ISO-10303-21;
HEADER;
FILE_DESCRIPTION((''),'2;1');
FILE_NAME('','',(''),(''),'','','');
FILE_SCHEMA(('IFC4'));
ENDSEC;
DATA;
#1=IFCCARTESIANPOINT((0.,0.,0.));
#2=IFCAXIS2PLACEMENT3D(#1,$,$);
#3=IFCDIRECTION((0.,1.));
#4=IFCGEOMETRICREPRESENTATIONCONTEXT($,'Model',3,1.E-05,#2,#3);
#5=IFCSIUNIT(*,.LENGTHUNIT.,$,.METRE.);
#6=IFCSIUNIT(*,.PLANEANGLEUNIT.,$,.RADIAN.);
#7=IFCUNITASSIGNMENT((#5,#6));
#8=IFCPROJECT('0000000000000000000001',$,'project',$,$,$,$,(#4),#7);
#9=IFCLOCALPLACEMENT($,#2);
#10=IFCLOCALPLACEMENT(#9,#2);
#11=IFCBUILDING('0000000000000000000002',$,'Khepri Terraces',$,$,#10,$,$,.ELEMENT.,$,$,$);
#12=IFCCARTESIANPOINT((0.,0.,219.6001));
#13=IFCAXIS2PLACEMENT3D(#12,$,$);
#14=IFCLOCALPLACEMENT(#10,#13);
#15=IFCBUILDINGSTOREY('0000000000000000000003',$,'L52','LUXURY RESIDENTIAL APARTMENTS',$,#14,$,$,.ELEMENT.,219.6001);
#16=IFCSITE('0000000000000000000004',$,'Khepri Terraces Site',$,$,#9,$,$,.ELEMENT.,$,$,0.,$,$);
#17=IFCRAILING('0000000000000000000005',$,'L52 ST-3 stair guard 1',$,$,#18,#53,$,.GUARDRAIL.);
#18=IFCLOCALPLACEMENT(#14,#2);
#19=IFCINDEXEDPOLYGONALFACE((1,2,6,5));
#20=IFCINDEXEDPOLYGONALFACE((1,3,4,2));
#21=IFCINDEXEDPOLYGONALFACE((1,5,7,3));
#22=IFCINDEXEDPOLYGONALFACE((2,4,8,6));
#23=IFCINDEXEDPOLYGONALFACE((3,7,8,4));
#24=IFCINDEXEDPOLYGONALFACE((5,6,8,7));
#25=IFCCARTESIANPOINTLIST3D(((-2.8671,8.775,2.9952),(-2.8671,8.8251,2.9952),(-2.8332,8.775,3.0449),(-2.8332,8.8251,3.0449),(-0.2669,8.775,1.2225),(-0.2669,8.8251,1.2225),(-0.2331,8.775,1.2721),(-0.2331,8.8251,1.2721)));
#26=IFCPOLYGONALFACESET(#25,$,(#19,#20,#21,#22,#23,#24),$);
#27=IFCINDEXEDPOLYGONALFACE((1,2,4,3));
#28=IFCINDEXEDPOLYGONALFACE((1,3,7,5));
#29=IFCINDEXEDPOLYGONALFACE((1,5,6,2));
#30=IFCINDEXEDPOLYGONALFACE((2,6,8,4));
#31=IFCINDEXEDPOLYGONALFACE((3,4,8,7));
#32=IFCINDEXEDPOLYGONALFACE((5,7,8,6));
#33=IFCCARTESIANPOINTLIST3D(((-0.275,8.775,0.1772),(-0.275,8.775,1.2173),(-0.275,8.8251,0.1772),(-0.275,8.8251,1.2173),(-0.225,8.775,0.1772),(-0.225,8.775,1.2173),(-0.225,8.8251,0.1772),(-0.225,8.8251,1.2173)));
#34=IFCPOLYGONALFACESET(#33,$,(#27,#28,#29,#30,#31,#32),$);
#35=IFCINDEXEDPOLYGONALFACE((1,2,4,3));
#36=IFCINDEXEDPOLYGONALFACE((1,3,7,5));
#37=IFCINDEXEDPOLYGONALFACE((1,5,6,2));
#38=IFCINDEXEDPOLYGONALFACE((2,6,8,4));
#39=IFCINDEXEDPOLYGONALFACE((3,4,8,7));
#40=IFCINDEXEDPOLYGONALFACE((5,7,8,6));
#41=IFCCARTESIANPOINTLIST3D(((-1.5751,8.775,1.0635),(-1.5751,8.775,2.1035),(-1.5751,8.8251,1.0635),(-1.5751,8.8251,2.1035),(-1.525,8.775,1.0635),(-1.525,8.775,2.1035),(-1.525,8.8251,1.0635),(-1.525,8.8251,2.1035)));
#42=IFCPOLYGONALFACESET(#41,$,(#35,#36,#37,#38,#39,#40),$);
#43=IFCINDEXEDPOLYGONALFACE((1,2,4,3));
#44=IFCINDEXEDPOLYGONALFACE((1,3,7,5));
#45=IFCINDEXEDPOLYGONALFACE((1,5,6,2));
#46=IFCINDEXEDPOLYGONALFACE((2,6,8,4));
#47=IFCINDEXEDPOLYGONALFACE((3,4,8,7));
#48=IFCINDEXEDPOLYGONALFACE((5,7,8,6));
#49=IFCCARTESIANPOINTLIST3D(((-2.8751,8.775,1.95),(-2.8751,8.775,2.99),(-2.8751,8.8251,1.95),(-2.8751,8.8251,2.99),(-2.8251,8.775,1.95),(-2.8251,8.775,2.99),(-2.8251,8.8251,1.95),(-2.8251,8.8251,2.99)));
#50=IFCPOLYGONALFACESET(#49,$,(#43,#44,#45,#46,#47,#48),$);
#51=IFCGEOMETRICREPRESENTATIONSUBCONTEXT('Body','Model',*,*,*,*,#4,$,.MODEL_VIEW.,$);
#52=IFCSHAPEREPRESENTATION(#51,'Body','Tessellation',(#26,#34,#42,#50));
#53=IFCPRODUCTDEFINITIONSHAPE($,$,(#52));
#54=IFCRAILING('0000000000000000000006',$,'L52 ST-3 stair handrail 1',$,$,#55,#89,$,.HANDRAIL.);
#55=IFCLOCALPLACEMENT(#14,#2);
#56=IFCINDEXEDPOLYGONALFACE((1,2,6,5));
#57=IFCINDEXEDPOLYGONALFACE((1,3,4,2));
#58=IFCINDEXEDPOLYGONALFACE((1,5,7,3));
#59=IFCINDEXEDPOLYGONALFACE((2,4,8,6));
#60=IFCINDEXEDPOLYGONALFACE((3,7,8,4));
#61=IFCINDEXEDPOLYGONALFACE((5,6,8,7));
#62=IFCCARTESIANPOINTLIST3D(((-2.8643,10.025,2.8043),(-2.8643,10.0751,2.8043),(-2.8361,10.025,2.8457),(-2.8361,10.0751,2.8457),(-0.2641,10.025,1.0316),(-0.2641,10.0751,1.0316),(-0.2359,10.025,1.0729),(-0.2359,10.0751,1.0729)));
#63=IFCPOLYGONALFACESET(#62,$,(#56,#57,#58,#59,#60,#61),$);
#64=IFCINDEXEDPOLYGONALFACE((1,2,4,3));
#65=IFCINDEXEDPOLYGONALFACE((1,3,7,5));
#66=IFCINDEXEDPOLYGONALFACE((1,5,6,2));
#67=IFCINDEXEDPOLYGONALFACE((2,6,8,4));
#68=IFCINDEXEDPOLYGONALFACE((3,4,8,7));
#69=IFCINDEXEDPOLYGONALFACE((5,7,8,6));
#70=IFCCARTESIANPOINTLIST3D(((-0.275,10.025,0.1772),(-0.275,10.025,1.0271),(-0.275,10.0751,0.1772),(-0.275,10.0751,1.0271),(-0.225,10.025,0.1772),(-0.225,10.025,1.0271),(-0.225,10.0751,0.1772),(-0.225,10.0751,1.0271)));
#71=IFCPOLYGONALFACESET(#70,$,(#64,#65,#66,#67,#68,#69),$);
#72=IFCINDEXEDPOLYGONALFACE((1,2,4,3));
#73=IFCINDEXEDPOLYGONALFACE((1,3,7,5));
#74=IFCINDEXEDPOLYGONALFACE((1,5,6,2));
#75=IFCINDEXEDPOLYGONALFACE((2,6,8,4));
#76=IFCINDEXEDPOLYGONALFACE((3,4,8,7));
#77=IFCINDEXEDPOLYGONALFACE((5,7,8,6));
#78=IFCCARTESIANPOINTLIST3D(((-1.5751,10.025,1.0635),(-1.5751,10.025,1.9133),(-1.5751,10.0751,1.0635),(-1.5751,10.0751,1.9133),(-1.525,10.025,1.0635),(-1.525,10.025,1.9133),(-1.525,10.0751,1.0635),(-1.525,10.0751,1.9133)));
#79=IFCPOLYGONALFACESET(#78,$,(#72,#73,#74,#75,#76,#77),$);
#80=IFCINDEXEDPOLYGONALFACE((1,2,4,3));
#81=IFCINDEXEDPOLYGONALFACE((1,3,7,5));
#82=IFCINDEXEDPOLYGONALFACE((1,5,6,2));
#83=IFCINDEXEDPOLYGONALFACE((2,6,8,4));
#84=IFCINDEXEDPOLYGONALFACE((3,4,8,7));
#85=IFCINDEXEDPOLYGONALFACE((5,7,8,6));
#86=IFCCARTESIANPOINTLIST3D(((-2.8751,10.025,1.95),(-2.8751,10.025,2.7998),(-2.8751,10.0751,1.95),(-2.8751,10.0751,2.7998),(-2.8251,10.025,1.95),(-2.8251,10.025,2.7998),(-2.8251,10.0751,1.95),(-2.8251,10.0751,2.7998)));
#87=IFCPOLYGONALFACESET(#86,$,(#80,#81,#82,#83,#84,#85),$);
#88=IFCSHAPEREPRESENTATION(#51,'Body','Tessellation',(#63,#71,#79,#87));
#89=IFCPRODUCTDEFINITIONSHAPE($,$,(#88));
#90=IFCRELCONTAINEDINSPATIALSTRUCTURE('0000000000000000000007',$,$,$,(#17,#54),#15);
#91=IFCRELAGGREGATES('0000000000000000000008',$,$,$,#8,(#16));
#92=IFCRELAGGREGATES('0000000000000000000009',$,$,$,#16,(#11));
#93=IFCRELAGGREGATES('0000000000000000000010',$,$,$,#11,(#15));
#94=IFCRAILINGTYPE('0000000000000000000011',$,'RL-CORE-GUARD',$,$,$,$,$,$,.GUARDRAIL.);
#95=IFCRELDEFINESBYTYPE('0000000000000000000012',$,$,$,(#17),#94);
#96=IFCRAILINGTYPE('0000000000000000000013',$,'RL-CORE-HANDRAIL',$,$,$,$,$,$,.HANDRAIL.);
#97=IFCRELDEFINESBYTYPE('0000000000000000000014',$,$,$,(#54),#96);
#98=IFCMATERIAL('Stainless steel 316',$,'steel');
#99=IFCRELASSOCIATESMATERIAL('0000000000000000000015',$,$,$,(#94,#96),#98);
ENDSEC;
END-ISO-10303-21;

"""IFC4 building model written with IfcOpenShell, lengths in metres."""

from ifc_helpers import new_model, si_unit, direction, frame, origin, origin_2d, place, context, subcontext, project, spatial, rectangle, extrude, material, type_object, element, save


model = new_model("IFC4")

# Units and contexts
model_context = context("Model", 3, precision=1e-05, world=origin(), true_north=direction((0.0, 1.0)))
body_context = subcontext(model_context, "Body", "Model", "MODEL_VIEW")
ifc_project = project(units=[si_unit("LENGTHUNIT", "METRE"), si_unit("PLANEANGLEUNIT", "RADIAN")], contexts=[model_context])

# Site, building, storey
site_placement = place(None, origin())
site = spatial("IfcSite", under=ifc_project, at=site_placement, Name="Khepri Terraces Site", CompositionType="ELEMENT", RefElevation=0.0)
building_placement = place(site_placement, origin())
building = spatial("IfcBuilding", under=site, at=building_placement, Name="Khepri Terraces", CompositionType="ELEMENT")
storey_placement = place(building_placement, frame((0.0, 0.0, 219.6001)))
storey = spatial("IfcBuildingStorey", under=building, at=storey_placement, Name="L52", Description="LUXURY RESIDENTIAL APARTMENTS", CompositionType="ELEMENT", Elevation=219.6001)

# Railings
ifc_material_1 = material(Name="Stainless steel 316", Category="steel")
railing_type_1 = type_object("IfcRailingType", Name="RL-CORE-GUARD", PredefinedType="GUARDRAIL", material=ifc_material_1)
railing_1_placement = place(storey_placement, frame((-0.25, 8.8, 0.1772)))
element("IfcRailing", 1, at=railing_1_placement, inside=storey, type_object=railing_type_1, Name="L52 ST-3 stair guard 1", PredefinedType="GUARDRAIL", context=body_context, shape_type="SweptSolid", body=[
    extrude(rectangle(XDim=0.05, YDim=0.0601, at=origin_2d()), frame((0.0, 0.0, 1.0701), z_axis=(-0.82624, 0.0, 0.563318), x_axis=(0.0, -1.0, 0.0)), (0.0, 0.0, 1.0), 3.147),
    extrude(rectangle(XDim=0.05, YDim=0.05, at=origin_2d()), origin(), (0.0, 0.0, 1.0), 1.04),
    extrude(rectangle(XDim=0.05, YDim=0.05, at=origin_2d()), frame((-1.3, 0.0, 0.8862)), (0.0, 0.0, 1.0), 1.04),
    extrude(rectangle(XDim=0.05, YDim=0.05, at=origin_2d()), frame((-2.6001, 0.0, 1.7727)), (0.0, 0.0, 1.0), 1.04),
])
railing_type_2 = type_object("IfcRailingType", Name="RL-CORE-HANDRAIL", PredefinedType="HANDRAIL", material=ifc_material_1)
railing_2_placement = place(storey_placement, frame((-0.25, 10.05, 0.1772)))
element("IfcRailing", 2, at=railing_2_placement, inside=storey, type_object=railing_type_2, Name="L52 ST-3 stair handrail 1", PredefinedType="HANDRAIL", context=body_context, shape_type="SweptSolid", body=[
    extrude(rectangle(XDim=0.05, YDim=0.05, at=origin_2d()), frame((0.0, 0.0, 0.875), z_axis=(-0.82624, 0.0, 0.563318), x_axis=(0.0, -1.0, 0.0)), (0.0, 0.0, 1.0), 3.147),
    extrude(rectangle(XDim=0.05, YDim=0.05, at=origin_2d()), origin(), (0.0, 0.0, 1.0), 0.8499),
    extrude(rectangle(XDim=0.05, YDim=0.05, at=origin_2d()), frame((-1.3, 0.0, 0.8862)), (0.0, 0.0, 1.0), 0.8499),
    extrude(rectangle(XDim=0.05, YDim=0.05, at=origin_2d()), frame((-2.6001, 0.0, 1.7727)), (0.0, 0.0, 1.0), 0.8499),
])

save(model, "model.ifc")
